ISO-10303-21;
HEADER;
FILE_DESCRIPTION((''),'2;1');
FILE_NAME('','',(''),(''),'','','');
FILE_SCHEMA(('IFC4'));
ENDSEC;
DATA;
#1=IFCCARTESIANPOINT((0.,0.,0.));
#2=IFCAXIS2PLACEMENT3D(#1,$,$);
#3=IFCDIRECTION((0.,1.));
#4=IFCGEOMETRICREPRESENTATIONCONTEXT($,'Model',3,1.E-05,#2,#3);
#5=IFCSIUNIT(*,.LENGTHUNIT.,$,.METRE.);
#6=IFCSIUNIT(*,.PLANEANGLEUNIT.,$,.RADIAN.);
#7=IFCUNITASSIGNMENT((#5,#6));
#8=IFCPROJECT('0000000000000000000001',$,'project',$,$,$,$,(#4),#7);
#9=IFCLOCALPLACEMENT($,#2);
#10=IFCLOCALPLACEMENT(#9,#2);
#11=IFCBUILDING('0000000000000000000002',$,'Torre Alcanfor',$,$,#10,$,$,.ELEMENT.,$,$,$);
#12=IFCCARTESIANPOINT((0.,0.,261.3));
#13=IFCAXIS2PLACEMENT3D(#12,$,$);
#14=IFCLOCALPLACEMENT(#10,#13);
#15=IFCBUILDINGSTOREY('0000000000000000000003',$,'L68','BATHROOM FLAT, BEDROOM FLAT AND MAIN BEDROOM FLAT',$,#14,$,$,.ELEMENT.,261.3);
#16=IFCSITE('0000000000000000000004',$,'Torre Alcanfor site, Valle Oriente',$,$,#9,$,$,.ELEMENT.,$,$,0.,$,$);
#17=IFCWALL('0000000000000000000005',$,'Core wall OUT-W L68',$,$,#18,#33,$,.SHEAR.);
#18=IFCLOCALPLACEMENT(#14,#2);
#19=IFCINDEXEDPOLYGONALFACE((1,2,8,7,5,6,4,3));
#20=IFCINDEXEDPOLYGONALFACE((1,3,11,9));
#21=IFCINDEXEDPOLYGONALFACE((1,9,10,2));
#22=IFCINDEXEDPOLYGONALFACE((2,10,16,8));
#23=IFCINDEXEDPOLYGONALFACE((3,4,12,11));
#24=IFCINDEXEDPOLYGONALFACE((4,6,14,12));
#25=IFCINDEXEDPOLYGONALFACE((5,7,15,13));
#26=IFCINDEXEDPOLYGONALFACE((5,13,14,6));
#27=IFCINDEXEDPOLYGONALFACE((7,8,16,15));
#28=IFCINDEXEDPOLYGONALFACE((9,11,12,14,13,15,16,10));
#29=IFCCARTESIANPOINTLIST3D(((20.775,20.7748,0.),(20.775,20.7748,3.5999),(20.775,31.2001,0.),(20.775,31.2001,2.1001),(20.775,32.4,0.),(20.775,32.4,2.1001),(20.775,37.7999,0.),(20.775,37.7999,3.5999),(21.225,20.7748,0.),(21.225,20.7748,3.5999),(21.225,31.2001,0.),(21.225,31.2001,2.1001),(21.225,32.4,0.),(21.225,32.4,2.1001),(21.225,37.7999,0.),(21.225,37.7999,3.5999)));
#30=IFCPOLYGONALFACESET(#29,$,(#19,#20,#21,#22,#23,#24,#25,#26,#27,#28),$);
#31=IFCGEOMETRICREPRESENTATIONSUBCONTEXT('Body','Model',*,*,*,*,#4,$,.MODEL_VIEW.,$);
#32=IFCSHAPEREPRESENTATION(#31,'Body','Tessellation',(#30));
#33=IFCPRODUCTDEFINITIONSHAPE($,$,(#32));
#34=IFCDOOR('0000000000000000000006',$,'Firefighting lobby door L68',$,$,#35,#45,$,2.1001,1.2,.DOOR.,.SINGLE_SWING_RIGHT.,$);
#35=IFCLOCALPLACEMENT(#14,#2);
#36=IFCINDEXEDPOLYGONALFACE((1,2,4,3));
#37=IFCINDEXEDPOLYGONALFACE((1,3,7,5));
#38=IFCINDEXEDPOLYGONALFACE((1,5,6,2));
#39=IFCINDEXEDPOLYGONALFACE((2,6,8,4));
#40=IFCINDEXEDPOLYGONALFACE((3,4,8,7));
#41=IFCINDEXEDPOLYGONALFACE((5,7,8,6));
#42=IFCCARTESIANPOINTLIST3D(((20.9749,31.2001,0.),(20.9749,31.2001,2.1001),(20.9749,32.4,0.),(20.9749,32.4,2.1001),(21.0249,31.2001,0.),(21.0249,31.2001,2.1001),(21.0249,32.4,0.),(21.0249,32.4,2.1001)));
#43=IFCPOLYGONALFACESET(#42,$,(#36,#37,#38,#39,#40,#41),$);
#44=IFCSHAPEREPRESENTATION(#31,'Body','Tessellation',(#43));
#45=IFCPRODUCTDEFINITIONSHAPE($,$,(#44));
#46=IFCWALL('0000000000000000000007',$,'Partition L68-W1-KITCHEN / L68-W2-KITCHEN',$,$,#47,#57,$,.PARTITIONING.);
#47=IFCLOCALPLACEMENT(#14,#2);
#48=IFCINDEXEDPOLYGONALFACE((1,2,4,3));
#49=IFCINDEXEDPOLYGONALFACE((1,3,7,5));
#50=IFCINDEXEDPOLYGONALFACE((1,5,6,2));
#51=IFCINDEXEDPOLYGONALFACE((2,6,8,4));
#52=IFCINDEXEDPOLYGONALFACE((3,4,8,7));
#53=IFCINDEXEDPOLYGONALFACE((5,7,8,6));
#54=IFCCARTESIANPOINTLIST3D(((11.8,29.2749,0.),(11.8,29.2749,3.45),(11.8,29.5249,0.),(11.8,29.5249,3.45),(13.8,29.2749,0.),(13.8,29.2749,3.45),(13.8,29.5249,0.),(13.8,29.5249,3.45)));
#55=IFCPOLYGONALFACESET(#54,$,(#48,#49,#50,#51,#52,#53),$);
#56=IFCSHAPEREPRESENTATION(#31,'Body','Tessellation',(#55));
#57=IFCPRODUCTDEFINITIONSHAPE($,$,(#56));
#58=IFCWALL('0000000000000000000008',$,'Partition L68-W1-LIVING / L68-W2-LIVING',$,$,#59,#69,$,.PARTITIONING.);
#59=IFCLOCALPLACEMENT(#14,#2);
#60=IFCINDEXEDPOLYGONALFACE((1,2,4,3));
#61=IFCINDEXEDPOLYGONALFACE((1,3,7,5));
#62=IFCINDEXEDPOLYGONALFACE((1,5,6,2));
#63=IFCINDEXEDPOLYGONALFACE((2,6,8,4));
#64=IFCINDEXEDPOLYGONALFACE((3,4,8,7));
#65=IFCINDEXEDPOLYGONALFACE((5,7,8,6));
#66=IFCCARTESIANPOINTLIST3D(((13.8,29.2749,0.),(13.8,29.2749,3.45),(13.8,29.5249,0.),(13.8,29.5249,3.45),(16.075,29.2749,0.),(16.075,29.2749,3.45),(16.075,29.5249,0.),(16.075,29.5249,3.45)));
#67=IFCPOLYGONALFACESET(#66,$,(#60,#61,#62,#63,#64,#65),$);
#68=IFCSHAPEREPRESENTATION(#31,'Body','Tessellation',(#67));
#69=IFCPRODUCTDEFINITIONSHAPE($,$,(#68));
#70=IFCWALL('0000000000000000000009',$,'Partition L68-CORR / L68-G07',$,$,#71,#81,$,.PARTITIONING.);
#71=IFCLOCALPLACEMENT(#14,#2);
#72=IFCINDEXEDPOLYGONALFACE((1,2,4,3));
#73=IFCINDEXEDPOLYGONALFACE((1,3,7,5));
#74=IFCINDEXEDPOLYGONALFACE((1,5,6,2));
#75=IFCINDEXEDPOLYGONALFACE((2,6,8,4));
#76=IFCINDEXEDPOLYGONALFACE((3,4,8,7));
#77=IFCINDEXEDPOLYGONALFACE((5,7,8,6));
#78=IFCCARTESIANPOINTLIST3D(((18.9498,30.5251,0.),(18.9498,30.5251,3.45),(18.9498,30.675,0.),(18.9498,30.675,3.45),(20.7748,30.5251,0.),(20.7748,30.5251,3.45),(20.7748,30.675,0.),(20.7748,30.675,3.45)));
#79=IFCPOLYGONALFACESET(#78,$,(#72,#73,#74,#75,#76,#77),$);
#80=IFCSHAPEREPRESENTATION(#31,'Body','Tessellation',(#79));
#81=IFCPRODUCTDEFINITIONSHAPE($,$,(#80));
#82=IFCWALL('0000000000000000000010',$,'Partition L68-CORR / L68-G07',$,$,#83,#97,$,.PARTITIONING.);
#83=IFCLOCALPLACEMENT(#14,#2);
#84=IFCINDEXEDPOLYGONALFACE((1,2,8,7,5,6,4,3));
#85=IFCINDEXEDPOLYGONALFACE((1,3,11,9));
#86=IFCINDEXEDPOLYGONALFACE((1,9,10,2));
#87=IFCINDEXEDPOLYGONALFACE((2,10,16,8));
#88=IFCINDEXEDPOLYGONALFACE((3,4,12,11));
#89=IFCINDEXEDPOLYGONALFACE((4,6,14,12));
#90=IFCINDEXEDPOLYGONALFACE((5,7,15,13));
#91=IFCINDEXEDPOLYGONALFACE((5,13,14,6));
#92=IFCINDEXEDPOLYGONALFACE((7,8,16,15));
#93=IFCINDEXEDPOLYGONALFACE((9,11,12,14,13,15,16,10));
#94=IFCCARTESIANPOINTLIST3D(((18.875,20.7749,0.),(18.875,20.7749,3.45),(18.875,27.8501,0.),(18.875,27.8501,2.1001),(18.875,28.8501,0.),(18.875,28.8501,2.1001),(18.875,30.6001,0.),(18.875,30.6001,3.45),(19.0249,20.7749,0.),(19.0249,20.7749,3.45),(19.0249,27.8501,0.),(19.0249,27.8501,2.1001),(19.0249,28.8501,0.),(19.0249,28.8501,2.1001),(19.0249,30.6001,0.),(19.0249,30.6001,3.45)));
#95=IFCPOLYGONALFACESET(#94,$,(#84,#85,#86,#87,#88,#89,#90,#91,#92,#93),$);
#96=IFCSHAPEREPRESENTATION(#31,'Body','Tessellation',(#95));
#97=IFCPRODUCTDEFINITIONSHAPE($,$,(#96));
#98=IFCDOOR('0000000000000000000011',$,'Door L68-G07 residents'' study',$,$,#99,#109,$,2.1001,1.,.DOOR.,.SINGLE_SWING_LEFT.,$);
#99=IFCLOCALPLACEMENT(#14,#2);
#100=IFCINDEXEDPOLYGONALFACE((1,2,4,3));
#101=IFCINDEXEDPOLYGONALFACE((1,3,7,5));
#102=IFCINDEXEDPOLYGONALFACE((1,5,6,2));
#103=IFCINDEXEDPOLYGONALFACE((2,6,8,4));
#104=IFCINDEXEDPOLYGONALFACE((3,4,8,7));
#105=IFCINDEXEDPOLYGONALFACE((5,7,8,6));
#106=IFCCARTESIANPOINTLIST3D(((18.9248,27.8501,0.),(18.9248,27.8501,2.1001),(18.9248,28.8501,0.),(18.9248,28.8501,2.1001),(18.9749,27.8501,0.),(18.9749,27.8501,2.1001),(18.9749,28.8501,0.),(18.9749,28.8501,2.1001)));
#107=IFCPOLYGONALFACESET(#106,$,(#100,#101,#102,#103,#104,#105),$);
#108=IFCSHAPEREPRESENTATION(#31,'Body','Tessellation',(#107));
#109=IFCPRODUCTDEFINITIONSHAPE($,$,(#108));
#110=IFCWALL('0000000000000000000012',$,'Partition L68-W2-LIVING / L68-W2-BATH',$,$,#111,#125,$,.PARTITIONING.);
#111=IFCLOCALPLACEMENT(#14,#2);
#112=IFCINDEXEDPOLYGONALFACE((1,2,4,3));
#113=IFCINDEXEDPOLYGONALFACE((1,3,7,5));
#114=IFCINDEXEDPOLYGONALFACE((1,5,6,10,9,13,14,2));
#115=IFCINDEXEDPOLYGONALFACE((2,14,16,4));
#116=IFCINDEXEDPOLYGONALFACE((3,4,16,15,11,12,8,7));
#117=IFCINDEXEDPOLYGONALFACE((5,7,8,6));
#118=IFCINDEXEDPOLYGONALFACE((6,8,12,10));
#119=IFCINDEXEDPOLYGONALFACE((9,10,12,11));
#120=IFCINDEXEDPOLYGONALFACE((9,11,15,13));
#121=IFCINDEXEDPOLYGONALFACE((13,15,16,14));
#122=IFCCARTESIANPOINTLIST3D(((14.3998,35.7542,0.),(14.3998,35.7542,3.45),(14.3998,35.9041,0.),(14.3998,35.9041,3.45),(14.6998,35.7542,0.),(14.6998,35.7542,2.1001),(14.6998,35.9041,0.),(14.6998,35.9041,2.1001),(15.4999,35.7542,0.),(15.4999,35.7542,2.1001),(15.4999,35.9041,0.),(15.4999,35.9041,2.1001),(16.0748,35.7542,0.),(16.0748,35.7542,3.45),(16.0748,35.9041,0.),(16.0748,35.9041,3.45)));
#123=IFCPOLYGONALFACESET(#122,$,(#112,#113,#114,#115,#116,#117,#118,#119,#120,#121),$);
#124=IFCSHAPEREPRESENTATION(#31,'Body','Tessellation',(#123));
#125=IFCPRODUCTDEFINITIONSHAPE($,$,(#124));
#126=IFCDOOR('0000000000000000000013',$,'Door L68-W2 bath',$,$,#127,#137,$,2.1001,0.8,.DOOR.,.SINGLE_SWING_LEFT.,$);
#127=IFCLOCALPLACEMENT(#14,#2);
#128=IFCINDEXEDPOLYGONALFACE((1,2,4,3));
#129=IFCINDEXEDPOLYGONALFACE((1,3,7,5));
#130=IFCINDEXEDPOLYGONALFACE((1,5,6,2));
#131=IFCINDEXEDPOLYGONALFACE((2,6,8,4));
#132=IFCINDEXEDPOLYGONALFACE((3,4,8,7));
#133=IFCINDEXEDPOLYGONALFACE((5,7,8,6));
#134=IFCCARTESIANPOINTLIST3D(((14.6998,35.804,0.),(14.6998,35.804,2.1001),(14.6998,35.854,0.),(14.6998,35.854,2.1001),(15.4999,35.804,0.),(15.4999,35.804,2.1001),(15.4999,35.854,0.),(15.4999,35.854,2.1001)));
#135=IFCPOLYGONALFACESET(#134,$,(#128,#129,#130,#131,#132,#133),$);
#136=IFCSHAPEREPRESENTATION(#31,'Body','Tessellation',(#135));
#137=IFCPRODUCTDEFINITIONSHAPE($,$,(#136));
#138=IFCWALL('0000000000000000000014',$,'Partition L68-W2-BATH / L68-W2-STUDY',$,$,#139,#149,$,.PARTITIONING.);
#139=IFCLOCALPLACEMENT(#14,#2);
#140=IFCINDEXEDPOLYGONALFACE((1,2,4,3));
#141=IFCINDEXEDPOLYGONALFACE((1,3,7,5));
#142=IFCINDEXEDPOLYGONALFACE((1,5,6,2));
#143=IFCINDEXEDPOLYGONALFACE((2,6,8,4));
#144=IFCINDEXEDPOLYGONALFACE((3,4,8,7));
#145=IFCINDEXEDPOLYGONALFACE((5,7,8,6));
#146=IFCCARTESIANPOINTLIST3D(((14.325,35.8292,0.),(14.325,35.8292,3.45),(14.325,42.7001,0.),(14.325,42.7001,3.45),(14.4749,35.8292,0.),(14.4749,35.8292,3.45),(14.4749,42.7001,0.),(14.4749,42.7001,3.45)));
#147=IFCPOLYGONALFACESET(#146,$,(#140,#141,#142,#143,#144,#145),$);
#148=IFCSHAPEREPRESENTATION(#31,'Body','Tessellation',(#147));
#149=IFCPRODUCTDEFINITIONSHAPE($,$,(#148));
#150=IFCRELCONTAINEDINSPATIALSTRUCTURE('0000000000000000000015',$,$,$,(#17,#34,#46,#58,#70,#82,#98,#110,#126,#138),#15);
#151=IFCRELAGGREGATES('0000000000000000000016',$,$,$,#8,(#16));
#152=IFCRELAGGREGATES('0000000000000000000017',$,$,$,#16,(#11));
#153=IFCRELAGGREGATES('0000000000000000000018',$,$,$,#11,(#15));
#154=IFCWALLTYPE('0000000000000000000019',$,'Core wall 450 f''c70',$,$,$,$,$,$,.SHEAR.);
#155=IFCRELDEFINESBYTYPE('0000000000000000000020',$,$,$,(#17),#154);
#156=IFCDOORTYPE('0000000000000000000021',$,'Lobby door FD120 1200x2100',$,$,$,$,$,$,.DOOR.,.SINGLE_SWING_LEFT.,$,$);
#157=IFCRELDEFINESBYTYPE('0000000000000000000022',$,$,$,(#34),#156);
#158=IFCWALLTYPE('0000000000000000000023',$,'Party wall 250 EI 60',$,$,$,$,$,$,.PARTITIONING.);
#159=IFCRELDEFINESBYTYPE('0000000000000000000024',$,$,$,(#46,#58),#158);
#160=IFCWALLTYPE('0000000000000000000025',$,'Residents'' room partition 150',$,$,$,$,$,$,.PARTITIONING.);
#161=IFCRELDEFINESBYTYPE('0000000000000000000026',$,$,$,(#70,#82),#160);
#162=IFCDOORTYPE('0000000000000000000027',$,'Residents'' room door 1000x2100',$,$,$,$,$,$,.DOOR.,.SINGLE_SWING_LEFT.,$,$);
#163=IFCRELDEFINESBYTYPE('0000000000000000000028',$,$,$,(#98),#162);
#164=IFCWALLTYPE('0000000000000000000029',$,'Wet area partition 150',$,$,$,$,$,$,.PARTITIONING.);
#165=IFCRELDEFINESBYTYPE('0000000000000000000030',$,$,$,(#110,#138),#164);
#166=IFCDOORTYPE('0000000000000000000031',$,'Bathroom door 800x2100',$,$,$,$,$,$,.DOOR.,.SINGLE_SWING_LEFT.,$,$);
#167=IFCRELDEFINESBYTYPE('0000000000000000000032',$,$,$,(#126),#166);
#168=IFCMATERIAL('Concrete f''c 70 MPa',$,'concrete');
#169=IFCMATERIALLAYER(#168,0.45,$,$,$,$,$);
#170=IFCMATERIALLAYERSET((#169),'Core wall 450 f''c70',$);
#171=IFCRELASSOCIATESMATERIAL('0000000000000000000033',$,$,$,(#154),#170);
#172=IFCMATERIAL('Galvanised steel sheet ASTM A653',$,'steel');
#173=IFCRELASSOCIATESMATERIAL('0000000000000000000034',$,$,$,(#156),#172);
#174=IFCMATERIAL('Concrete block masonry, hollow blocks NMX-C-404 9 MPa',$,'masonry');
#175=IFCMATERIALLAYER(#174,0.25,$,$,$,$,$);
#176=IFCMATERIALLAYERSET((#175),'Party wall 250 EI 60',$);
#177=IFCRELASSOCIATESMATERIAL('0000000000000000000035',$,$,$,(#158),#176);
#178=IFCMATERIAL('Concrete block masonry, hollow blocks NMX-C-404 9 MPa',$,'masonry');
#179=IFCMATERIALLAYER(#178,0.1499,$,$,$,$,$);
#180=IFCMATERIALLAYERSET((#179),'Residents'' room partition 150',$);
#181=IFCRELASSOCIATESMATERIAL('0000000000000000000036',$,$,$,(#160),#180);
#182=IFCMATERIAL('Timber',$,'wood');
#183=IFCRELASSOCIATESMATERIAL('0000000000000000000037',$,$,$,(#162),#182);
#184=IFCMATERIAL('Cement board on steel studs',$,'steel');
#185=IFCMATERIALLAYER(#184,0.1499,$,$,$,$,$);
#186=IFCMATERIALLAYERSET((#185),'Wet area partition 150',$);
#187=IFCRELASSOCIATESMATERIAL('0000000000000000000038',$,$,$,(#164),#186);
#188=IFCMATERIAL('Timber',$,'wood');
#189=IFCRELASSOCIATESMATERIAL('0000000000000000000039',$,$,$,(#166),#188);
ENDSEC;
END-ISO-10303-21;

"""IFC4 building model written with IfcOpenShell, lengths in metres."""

from ifc_helpers import new_model, si_unit, direction, frame, frame_2d, origin, place, context, subcontext, project, spatial, rectangle, extrude, material, layer, layer_set, type_object, element, fill, save


model = new_model("IFC4")

# Units and contexts
model_context = context("Model", 3, precision=1e-05, world=origin(), true_north=direction((0.0, 1.0)))
body_context = subcontext(model_context, "Body", "Model", "MODEL_VIEW")
ifc_project = project(units=[si_unit("LENGTHUNIT", "METRE"), si_unit("PLANEANGLEUNIT", "RADIAN")], contexts=[model_context])

# Site, building, storey
site_placement = place(None, origin())
site = spatial("IfcSite", under=ifc_project, at=site_placement, Name="Torre Alcanfor site, Valle Oriente", CompositionType="ELEMENT", RefElevation=0.0)
building_placement = place(site_placement, origin())
building = spatial("IfcBuilding", under=site, at=building_placement, Name="Torre Alcanfor", CompositionType="ELEMENT")
storey_placement = place(building_placement, frame((0.0, 0.0, 261.3)))
storey = spatial("IfcBuildingStorey", under=building, at=storey_placement, Name="L68", Description="BATHROOM FLAT, BEDROOM FLAT AND MAIN BEDROOM FLAT", CompositionType="ELEMENT", Elevation=261.3)

# Wall, opening, door
ifc_material_1 = material(Name="Concrete f'c 70 MPa", Category="concrete")
ifc_layer_1 = layer(ifc_material_1, 0.45)
ifc_layer_set_1 = layer_set([ifc_layer_1], Name="Core wall 450 f'c70")
wall_type_1 = type_object("IfcWallType", Name="Core wall 450 f'c70", PredefinedType="SHEAR", material=ifc_layer_set_1)
wall_1_placement = place(storey_placement, frame((21.0, 37.8, 0.0), z_axis=(0.0, 0.0, 1.0), x_axis=(0.0, -1.0, 0.0)))
wall_1 = element("IfcWall", 1, at=wall_1_placement, inside=storey, type_object=wall_type_1, Name="Core wall OUT-W L68", PredefinedType="SHEAR", context=body_context, shape_type="SweptSolid", body=[
    extrude(rectangle(XDim=17.0251, YDim=0.45, at=frame_2d((8.5127, 0.0))), origin(), (0.0, 0.0, 1.0), 3.5999),
])
opening_1_placement = place(wall_1_placement, frame((5.3999, 0.0, 0.0)))
opening_1 = element("IfcOpeningElement", 2, at=opening_1_placement, cuts=wall_1, PredefinedType="OPENING", context=body_context, shape_type="SweptSolid", body=[
    extrude(rectangle(XDim=1.2, YDim=2.1001, at=frame_2d((0.6001, 1.05))), frame((0.0, 0.2349, 0.0), z_axis=(0.0, -1.0, 0.0), x_axis=(1.0, 0.0, 0.0)), (0.0, 0.0, 1.0), 0.47),
])
ifc_material_2 = material(Name="Galvanised steel sheet ASTM A653", Category="steel")
door_type_1 = type_object("IfcDoorType", Name="Lobby door FD120 1200x2100", OperationType="SINGLE_SWING_LEFT", PredefinedType="DOOR", material=ifc_material_2)
door_1_placement = place(opening_1_placement, origin())
door_1 = element("IfcDoor", 3, at=door_1_placement, inside=storey, type_object=door_type_1, Name="Firefighting lobby door L68", OperationType="SINGLE_SWING_RIGHT", OverallHeight=2.1001, OverallWidth=1.2, PredefinedType="DOOR", context=body_context, shape_type="SweptSolid", body=[
    extrude(rectangle(XDim=1.2, YDim=2.1001, at=frame_2d((0.6001, 1.05))), frame((0.0, 0.0249, 0.0), z_axis=(0.0, -1.0, 0.0), x_axis=(1.0, 0.0, 0.0)), (0.0, 0.0, 1.0), 0.05),
])
fill(opening_1, door_1)

# Walls
ifc_material_3 = material(Name="Concrete block masonry, hollow blocks NMX-C-404 9 MPa", Category="masonry")
ifc_layer_2 = layer(ifc_material_3, 0.25)
ifc_layer_set_2 = layer_set([ifc_layer_2], Name="Party wall 250 EI 60")
wall_type_2 = type_object("IfcWallType", Name="Party wall 250 EI 60", PredefinedType="PARTITIONING", material=ifc_layer_set_2)
wall_2_placement = place(storey_placement, frame((13.8, 29.3999, 0.0), z_axis=(0.0, 0.0, 1.0), x_axis=(-1.0, 0.0, 0.0)))
element("IfcWall", 4, at=wall_2_placement, inside=storey, type_object=wall_type_2, Name="Partition L68-W1-KITCHEN / L68-W2-KITCHEN", PredefinedType="PARTITIONING", context=body_context, shape_type="SweptSolid", body=[
    extrude(rectangle(XDim=2.0, YDim=0.25, at=frame_2d((1.0, 0.0))), origin(), (0.0, 0.0, 1.0), 3.45),
])
wall_3_placement = place(storey_placement, frame((13.8, 29.3999, 0.0), z_axis=(0.0, 0.0, 1.0), x_axis=(1.0, 0.0, 0.0)))
element("IfcWall", 5, at=wall_3_placement, inside=storey, type_object=wall_type_2, Name="Partition L68-W1-LIVING / L68-W2-LIVING", PredefinedType="PARTITIONING", context=body_context, shape_type="SweptSolid", body=[
    extrude(rectangle(XDim=2.2749, YDim=0.25, at=frame_2d((1.1375, 0.0))), origin(), (0.0, 0.0, 1.0), 3.45),
])
ifc_material_4 = material(Name="Concrete block masonry, hollow blocks NMX-C-404 9 MPa", Category="masonry")
ifc_layer_3 = layer(ifc_material_4, 0.1499)
ifc_layer_set_3 = layer_set([ifc_layer_3], Name="Residents' room partition 150")
wall_type_3 = type_object("IfcWallType", Name="Residents' room partition 150", PredefinedType="PARTITIONING", material=ifc_layer_set_3)
wall_4_placement = place(storey_placement, frame((20.7749, 30.6001, 0.0), z_axis=(0.0, 0.0, 1.0), x_axis=(-1.0, 0.0, 0.0)))
element("IfcWall", 6, at=wall_4_placement, inside=storey, type_object=wall_type_3, Name="Partition L68-CORR / L68-G07", PredefinedType="PARTITIONING", context=body_context, shape_type="SweptSolid", body=[
    extrude(rectangle(XDim=1.825, YDim=0.1499, at=frame_2d((0.9126, 0.0))), origin(), (0.0, 0.0, 1.0), 3.45),
])

# Walls, openings, doors
wall_5_placement = place(storey_placement, frame((18.95, 30.6001, 0.0), z_axis=(0.0, 0.0, 1.0), x_axis=(0.0, -1.0, 0.0)))
wall_5 = element("IfcWall", 7, at=wall_5_placement, inside=storey, type_object=wall_type_3, Name="Partition L68-CORR / L68-G07", PredefinedType="PARTITIONING", context=body_context, shape_type="SweptSolid", body=[
    extrude(rectangle(XDim=9.8252, YDim=0.1499, at=frame_2d((4.9126, 0.0))), origin(), (0.0, 0.0, 1.0), 3.45),
])
opening_2_placement = place(wall_5_placement, frame((1.75, 0.0, 0.0)))
opening_2 = element("IfcOpeningElement", 8, at=opening_2_placement, cuts=wall_5, PredefinedType="OPENING", context=body_context, shape_type="SweptSolid", body=[
    extrude(rectangle(XDim=1.0, YDim=2.1001, at=frame_2d((0.5, 1.05))), frame((0.0, 0.085, 0.0), z_axis=(0.0, -1.0, 0.0), x_axis=(1.0, 0.0, 0.0)), (0.0, 0.0, 1.0), 0.1699),
])
ifc_material_5 = material(Name="Timber", Category="wood")
door_type_2 = type_object("IfcDoorType", Name="Residents' room door 1000x2100", OperationType="SINGLE_SWING_LEFT", PredefinedType="DOOR", material=ifc_material_5)
door_2_placement = place(opening_2_placement, origin())
door_2 = element("IfcDoor", 9, at=door_2_placement, inside=storey, type_object=door_type_2, Name="Door L68-G07 residents' study", OperationType="SINGLE_SWING_LEFT", OverallHeight=2.1001, OverallWidth=1.0, PredefinedType="DOOR", context=body_context, shape_type="SweptSolid", body=[
    extrude(rectangle(XDim=1.0, YDim=2.1001, at=frame_2d((0.5, 1.05))), frame((0.0, 0.0249, 0.0), z_axis=(0.0, -1.0, 0.0), x_axis=(1.0, 0.0, 0.0)), (0.0, 0.0, 1.0), 0.05),
])
fill(opening_2, door_2)
ifc_material_6 = material(Name="Cement board on steel studs", Category="steel")
ifc_layer_4 = layer(ifc_material_6, 0.1499)
ifc_layer_set_4 = layer_set([ifc_layer_4], Name="Wet area partition 150")
wall_type_4 = type_object("IfcWallType", Name="Wet area partition 150", PredefinedType="PARTITIONING", material=ifc_layer_set_4)
wall_6_placement = place(storey_placement, frame((14.3999, 35.8291, 0.0), z_axis=(0.0, 0.0, 1.0), x_axis=(1.0, 0.0, 0.0)))
wall_6 = element("IfcWall", 10, at=wall_6_placement, inside=storey, type_object=wall_type_4, Name="Partition L68-W2-LIVING / L68-W2-BATH", PredefinedType="PARTITIONING", context=body_context, shape_type="SweptSolid", body=[
    extrude(rectangle(XDim=1.675, YDim=0.1499, at=frame_2d((0.8374, 0.0))), origin(), (0.0, 0.0, 1.0), 3.45),
])
opening_3_placement = place(wall_6_placement, frame((0.3, 0.0, 0.0)))
opening_3 = element("IfcOpeningElement", 11, at=opening_3_placement, cuts=wall_6, PredefinedType="OPENING", context=body_context, shape_type="SweptSolid", body=[
    extrude(rectangle(XDim=0.8, YDim=2.1001, at=frame_2d((0.3999, 1.05))), frame((0.0, 0.085, 0.0), z_axis=(0.0, -1.0, 0.0), x_axis=(1.0, 0.0, 0.0)), (0.0, 0.0, 1.0), 0.1699),
])
ifc_material_7 = material(Name="Timber", Category="wood")
door_type_3 = type_object("IfcDoorType", Name="Bathroom door 800x2100", OperationType="SINGLE_SWING_LEFT", PredefinedType="DOOR", material=ifc_material_7)
door_3_placement = place(opening_3_placement, origin())
door_3 = element("IfcDoor", 12, at=door_3_placement, inside=storey, type_object=door_type_3, Name="Door L68-W2 bath", OperationType="SINGLE_SWING_LEFT", OverallHeight=2.1001, OverallWidth=0.8, PredefinedType="DOOR", context=body_context, shape_type="SweptSolid", body=[
    extrude(rectangle(XDim=0.8, YDim=2.1001, at=frame_2d((0.3999, 1.05))), frame((0.0, 0.0249, 0.0), z_axis=(0.0, -1.0, 0.0), x_axis=(1.0, 0.0, 0.0)), (0.0, 0.0, 1.0), 0.05),
])
fill(opening_3, door_3)

# Wall
wall_7_placement = place(storey_placement, frame((14.3999, 35.8291, 0.0), z_axis=(0.0, 0.0, 1.0), x_axis=(0.0, 1.0, 0.0)))
element("IfcWall", 13, at=wall_7_placement, inside=storey, type_object=wall_type_4, Name="Partition L68-W2-BATH / L68-W2-STUDY", PredefinedType="PARTITIONING", context=body_context, shape_type="SweptSolid", body=[
    extrude(rectangle(XDim=6.8708, YDim=0.1499, at=frame_2d((3.4355, 0.0))), origin(), (0.0, 0.0, 1.0), 3.45),
])

save(model, "model.ifc")
